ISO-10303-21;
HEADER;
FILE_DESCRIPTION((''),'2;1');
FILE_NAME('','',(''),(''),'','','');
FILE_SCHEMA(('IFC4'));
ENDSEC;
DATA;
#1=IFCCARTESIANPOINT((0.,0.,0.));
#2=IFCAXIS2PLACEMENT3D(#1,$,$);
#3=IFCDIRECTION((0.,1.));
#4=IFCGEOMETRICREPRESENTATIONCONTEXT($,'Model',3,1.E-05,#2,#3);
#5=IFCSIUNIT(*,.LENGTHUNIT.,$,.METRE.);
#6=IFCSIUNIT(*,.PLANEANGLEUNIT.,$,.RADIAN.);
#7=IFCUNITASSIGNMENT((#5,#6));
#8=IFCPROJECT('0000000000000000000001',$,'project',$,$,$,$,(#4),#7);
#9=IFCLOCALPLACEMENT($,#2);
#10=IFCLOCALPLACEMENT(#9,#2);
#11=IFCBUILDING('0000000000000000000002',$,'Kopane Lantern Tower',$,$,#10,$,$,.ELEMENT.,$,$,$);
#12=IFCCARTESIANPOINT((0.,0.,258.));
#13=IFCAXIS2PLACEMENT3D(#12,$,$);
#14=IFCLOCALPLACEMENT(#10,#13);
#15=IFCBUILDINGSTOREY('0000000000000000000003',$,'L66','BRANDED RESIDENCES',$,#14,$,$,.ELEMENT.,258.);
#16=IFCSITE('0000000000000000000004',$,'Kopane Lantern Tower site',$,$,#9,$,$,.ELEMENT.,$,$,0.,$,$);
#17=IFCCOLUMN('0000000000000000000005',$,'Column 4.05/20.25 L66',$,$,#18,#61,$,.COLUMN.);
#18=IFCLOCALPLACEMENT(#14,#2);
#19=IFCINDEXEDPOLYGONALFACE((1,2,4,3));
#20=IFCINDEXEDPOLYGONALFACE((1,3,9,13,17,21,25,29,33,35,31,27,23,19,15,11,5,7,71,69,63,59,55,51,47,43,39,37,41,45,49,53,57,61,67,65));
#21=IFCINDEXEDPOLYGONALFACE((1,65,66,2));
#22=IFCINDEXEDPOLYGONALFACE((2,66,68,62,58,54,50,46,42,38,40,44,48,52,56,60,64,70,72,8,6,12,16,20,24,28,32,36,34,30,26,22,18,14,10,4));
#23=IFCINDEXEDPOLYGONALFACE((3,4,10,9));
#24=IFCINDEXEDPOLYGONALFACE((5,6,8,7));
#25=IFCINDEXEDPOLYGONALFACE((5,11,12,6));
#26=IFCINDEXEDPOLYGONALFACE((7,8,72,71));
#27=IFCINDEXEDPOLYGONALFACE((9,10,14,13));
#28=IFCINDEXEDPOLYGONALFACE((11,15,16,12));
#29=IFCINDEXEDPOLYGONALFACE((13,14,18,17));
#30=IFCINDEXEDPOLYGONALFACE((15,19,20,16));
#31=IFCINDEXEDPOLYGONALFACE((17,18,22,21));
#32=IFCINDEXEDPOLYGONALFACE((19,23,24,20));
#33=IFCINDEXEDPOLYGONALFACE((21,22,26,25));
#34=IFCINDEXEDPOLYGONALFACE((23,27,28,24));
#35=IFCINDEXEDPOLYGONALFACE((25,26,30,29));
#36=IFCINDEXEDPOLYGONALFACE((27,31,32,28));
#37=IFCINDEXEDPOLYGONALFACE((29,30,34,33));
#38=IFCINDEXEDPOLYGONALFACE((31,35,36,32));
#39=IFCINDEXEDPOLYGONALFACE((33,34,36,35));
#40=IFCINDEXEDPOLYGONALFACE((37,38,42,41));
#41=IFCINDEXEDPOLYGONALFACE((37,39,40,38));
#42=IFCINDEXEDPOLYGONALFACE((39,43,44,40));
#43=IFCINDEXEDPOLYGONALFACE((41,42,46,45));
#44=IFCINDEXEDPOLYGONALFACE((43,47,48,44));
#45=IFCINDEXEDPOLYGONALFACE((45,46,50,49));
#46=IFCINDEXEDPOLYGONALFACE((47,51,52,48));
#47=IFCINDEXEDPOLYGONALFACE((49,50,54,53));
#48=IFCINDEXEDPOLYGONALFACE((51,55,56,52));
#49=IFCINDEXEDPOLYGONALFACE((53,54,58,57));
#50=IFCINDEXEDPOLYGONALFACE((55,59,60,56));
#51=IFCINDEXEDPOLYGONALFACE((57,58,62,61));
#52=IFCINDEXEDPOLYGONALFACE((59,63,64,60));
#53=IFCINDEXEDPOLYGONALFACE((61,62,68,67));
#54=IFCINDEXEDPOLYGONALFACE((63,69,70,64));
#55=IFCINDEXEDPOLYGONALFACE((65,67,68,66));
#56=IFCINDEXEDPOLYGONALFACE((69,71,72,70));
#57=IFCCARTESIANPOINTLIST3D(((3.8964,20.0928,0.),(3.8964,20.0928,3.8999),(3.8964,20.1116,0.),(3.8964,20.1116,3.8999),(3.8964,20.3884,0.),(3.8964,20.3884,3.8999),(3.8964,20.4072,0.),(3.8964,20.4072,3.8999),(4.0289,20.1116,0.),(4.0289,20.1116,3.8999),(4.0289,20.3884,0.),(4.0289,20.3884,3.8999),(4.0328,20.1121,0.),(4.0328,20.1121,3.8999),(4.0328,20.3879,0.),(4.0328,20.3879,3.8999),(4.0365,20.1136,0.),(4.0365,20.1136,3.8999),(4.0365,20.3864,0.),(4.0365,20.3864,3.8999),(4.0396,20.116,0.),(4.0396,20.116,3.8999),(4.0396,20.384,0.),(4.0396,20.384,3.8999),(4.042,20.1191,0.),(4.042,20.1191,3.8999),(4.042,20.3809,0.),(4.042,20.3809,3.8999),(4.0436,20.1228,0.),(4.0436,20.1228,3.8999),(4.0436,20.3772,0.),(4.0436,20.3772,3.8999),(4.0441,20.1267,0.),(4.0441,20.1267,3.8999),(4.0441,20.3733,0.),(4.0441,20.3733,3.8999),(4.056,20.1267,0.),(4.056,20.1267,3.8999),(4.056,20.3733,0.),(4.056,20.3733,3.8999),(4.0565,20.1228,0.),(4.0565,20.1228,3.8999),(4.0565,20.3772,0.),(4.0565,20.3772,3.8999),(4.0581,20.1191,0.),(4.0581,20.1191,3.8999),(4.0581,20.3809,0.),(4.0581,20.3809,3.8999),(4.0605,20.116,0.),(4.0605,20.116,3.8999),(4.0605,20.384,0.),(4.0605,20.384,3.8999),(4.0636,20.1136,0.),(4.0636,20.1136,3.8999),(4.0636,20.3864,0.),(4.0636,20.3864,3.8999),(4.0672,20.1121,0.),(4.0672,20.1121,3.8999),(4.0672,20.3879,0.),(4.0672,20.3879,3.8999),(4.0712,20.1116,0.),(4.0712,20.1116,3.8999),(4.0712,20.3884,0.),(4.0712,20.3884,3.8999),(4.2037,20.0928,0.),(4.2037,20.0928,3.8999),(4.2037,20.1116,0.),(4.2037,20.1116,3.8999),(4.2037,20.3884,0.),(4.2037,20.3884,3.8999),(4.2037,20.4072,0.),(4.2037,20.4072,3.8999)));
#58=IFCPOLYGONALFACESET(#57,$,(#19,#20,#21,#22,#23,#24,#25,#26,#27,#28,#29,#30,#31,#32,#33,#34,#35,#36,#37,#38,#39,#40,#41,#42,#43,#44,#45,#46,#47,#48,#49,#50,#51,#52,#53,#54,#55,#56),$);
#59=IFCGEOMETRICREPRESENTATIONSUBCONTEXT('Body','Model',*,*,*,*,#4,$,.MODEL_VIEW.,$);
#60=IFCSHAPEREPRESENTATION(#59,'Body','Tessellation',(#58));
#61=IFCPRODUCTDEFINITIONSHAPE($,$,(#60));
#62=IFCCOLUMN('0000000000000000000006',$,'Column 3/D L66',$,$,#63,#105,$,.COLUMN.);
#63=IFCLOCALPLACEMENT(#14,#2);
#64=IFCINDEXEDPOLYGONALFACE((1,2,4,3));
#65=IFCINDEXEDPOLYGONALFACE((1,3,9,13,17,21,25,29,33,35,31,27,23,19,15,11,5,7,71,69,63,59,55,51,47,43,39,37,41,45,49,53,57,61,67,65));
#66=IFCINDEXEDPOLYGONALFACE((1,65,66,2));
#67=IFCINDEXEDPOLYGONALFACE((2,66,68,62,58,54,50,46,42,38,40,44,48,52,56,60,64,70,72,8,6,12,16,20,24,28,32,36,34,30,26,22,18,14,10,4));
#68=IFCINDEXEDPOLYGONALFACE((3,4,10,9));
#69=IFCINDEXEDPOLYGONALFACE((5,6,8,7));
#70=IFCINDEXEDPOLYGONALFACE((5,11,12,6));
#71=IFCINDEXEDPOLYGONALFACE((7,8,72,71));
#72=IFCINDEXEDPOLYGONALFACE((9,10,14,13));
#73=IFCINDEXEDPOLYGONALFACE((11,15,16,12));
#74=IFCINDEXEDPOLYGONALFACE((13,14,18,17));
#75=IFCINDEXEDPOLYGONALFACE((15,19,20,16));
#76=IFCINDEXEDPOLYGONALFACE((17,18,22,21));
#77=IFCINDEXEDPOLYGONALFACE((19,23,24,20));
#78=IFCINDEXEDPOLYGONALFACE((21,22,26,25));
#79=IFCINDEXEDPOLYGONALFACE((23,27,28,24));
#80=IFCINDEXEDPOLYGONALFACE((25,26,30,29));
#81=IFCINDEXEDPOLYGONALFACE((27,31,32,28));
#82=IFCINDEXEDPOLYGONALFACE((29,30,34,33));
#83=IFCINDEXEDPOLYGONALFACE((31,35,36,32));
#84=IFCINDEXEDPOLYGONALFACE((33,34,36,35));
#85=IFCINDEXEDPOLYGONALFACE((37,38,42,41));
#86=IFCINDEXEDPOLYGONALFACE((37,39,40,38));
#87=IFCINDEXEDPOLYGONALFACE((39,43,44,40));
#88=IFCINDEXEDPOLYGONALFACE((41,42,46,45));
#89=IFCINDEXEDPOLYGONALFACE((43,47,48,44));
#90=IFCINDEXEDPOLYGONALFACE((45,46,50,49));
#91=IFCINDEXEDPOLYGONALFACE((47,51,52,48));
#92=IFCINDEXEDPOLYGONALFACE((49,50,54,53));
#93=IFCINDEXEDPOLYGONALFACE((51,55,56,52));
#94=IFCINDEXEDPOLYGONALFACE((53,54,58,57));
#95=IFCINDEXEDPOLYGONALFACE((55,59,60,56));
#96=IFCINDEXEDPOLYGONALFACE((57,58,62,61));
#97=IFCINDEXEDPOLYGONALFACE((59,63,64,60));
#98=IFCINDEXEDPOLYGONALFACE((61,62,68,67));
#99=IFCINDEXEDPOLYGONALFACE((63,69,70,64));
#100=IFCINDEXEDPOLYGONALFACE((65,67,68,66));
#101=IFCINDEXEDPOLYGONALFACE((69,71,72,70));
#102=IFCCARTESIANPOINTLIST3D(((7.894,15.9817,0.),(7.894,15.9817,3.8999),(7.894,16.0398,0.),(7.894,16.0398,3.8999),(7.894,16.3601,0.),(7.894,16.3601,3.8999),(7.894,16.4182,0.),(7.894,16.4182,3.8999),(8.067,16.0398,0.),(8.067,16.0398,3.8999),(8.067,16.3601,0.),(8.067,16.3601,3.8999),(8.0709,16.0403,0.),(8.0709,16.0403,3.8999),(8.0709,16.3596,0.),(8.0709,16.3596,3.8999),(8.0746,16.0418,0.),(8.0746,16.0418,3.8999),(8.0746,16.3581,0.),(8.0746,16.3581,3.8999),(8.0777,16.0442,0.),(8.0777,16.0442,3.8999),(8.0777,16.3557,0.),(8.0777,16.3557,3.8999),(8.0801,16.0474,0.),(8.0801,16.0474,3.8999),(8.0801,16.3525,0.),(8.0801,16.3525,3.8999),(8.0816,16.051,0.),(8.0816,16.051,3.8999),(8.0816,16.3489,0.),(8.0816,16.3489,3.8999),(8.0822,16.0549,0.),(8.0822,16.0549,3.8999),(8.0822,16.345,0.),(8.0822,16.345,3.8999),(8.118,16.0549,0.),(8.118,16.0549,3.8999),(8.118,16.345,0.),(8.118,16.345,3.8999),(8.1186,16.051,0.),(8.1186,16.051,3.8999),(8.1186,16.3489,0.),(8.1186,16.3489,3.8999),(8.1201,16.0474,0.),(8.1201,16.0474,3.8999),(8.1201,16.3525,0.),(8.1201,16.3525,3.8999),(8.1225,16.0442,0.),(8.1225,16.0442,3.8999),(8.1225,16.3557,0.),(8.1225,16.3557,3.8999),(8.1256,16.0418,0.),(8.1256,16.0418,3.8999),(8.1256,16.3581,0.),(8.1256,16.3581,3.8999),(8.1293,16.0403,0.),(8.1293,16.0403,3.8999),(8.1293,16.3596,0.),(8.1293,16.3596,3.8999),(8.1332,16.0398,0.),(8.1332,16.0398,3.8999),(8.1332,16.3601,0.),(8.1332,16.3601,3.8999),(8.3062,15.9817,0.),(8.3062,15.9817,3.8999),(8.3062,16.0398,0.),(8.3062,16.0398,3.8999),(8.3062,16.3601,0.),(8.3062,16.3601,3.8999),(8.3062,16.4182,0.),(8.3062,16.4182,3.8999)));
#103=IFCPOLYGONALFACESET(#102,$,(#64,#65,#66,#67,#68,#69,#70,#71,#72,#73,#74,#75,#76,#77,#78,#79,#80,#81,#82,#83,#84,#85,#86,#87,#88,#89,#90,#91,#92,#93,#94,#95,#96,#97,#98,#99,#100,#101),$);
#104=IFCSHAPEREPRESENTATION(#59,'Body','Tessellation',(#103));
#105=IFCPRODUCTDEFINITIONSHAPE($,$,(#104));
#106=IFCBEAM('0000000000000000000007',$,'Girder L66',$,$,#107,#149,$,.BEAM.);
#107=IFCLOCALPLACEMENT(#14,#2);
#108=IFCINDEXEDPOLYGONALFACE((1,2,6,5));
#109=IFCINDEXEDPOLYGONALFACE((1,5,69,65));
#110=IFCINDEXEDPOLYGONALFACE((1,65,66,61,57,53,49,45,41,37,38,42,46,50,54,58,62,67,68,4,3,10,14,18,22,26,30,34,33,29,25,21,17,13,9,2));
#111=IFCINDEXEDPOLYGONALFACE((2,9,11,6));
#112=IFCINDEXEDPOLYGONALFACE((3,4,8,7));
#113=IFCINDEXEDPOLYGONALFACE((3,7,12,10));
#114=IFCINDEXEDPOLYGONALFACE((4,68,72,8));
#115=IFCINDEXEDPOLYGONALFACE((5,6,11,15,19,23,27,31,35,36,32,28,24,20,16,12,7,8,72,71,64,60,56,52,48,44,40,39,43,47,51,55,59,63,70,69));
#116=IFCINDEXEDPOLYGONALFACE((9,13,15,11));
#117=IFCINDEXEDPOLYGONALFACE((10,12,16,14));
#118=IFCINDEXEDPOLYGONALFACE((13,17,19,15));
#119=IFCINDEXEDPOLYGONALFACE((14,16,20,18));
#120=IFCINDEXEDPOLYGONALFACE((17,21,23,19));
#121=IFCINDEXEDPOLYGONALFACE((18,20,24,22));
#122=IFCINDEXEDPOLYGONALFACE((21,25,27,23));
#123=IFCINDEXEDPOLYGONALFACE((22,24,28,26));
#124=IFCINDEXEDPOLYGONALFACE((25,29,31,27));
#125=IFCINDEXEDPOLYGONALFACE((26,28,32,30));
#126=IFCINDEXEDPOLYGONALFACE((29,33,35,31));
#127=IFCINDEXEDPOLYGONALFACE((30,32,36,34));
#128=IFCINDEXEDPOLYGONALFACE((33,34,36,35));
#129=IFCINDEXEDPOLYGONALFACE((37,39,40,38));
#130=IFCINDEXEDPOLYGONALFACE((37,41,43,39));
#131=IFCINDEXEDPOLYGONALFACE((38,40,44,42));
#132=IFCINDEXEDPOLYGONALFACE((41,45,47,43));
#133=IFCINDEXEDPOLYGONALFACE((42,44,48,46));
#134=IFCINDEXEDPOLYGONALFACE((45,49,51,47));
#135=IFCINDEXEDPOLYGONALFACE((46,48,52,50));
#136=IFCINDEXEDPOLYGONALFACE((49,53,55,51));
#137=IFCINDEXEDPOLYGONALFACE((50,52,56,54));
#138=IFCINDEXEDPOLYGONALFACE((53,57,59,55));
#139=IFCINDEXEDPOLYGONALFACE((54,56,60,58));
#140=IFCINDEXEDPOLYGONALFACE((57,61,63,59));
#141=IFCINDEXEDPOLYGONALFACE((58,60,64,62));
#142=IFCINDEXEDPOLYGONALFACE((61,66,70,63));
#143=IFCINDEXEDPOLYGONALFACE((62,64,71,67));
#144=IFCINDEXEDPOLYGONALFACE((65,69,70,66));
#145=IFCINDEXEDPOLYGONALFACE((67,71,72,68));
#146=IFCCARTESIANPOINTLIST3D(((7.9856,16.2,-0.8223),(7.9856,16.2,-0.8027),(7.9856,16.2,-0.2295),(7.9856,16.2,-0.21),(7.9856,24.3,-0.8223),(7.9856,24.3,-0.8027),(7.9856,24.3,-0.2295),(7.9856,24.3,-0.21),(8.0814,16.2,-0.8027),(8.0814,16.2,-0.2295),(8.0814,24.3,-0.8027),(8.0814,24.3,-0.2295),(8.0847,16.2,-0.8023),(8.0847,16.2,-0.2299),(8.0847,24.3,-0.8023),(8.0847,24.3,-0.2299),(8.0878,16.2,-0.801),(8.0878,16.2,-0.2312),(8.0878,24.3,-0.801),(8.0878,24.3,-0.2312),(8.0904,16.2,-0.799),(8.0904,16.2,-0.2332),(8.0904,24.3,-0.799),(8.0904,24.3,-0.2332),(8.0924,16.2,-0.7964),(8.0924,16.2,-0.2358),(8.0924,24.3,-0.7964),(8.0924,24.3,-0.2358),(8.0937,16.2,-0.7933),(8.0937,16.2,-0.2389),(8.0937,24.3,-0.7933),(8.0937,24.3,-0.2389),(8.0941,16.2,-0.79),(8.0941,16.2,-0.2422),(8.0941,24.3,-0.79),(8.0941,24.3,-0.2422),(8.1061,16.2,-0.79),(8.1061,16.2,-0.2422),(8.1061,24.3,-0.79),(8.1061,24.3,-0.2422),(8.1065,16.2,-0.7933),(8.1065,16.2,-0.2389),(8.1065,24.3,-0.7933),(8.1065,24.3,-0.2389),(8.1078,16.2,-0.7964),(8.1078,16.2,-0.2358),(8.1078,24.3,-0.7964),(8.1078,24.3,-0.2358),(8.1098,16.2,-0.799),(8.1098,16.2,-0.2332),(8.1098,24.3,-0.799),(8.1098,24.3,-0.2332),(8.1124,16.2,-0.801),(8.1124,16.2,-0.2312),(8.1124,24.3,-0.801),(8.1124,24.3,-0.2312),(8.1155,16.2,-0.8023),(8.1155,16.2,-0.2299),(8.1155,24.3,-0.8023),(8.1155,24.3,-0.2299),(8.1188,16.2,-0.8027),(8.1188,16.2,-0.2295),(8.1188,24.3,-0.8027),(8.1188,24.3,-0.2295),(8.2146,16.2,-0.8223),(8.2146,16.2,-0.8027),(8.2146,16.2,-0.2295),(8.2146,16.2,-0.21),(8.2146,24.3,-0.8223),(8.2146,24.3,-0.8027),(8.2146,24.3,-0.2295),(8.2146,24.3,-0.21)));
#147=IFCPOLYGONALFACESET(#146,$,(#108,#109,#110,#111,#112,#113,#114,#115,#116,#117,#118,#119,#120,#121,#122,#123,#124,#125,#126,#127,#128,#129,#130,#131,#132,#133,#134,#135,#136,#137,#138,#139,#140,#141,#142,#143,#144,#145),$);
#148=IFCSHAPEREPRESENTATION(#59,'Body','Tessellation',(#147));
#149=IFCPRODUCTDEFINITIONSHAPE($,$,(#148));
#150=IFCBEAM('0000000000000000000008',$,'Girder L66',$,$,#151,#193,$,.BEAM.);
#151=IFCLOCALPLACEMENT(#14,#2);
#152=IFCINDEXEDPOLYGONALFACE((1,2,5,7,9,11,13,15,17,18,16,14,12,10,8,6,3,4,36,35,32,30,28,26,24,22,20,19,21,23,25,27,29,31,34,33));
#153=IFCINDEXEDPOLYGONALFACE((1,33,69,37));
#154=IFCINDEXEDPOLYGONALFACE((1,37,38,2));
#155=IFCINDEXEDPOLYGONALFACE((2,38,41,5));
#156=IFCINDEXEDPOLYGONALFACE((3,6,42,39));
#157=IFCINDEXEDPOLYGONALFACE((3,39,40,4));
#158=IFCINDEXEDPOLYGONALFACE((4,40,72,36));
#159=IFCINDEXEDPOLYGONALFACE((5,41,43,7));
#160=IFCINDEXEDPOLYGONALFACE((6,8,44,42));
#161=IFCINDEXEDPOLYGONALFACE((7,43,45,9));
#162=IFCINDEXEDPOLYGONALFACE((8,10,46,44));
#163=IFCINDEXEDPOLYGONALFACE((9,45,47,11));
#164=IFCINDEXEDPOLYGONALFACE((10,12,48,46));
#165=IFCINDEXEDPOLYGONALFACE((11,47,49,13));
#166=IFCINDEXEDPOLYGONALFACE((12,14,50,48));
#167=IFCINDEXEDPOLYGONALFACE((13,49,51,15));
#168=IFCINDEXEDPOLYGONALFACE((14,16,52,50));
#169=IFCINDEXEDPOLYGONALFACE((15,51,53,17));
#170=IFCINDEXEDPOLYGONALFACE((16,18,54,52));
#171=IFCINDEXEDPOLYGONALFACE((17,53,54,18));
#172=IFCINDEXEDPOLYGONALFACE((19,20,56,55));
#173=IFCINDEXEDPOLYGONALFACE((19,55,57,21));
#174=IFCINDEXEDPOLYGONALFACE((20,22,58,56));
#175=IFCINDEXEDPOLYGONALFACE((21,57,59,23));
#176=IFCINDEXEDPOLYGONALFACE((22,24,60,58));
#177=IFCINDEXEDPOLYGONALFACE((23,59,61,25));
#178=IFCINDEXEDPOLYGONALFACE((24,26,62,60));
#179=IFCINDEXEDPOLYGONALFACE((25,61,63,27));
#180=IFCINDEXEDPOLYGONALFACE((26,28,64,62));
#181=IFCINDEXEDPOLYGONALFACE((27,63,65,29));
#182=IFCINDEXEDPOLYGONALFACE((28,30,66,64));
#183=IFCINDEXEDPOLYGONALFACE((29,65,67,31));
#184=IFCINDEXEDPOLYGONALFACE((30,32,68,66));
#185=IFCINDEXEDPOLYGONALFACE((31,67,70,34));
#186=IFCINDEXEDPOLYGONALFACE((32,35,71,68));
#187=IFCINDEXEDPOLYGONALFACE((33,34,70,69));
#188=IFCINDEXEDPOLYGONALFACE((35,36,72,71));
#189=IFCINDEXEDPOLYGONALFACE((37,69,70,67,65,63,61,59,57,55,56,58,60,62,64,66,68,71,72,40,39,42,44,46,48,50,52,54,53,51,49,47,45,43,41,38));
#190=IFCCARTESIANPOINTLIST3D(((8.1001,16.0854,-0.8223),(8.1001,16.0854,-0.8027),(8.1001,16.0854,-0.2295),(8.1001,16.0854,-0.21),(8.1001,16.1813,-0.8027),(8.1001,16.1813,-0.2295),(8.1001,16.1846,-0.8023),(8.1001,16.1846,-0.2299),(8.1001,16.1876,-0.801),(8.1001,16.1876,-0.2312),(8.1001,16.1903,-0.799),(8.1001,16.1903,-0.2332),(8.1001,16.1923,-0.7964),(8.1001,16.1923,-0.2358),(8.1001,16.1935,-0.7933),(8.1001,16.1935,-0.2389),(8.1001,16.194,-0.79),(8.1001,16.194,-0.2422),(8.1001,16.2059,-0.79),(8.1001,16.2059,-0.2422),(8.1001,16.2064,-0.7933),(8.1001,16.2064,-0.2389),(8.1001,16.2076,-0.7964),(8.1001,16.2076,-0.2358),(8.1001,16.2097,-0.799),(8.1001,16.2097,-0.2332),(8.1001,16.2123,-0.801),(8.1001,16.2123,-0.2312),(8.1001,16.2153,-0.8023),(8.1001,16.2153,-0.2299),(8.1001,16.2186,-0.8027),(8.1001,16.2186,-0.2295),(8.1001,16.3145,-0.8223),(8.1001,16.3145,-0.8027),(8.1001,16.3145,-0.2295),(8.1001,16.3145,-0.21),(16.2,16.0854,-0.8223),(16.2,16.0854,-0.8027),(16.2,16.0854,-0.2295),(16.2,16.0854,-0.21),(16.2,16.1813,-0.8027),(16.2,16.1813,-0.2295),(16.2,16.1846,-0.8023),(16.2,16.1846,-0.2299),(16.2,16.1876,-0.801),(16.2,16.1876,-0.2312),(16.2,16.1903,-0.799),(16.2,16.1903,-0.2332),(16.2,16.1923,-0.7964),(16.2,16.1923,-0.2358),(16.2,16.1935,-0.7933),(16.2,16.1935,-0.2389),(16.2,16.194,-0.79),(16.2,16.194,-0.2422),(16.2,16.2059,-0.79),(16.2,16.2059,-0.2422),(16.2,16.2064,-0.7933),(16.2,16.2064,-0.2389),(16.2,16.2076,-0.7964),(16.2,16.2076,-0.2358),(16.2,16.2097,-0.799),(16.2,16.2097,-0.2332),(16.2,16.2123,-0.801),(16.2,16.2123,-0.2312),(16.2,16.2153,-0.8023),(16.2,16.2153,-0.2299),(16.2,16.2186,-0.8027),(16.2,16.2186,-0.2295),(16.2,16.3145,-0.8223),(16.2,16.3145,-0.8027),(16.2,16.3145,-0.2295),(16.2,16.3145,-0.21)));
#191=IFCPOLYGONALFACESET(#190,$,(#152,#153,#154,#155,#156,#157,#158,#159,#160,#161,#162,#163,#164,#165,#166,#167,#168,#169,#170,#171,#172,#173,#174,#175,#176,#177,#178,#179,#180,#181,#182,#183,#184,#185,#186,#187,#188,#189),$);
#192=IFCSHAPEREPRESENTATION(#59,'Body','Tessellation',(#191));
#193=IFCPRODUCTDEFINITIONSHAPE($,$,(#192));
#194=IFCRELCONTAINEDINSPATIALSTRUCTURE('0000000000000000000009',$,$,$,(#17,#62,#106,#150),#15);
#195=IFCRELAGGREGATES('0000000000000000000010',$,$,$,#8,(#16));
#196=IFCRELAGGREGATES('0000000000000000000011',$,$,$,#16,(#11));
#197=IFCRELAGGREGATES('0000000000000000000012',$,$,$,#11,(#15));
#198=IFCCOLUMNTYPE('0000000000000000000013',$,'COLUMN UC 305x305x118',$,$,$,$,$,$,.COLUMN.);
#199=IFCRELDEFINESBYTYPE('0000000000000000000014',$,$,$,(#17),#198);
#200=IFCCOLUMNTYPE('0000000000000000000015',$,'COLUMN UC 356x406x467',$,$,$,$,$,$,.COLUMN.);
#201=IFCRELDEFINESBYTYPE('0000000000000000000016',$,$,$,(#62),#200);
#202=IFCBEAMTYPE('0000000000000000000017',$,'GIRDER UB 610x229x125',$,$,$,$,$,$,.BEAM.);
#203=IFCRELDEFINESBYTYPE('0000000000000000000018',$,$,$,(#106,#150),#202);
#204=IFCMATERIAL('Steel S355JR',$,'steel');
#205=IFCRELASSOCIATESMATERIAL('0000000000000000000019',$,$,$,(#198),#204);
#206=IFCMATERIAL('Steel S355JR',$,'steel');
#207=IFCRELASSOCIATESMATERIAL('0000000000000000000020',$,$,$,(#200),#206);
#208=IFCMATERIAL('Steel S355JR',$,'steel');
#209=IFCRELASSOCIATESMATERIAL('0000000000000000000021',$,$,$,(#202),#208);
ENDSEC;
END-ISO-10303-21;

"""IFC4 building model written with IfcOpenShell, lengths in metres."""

from ifc_helpers import new_model, si_unit, direction, frame, origin, origin_2d, place, context, subcontext, project, spatial, i_section, extrude, material, material_profile, profile_set, type_object, element, save


model = new_model("IFC4")

# Units and contexts
model_context = context("Model", 3, precision=1e-05, world=origin(), true_north=direction((0.0, 1.0)))
body_context = subcontext(model_context, "Body", "Model", "MODEL_VIEW")
ifc_project = project(units=[si_unit("LENGTHUNIT", "METRE"), si_unit("PLANEANGLEUNIT", "RADIAN")], contexts=[model_context])

# Site, building, storey
site_placement = place(None, origin())
site = spatial("IfcSite", under=ifc_project, at=site_placement, Name="Kopane Lantern Tower site", CompositionType="ELEMENT", RefElevation=0.0)
building_placement = place(site_placement, origin())
building = spatial("IfcBuilding", under=site, at=building_placement, Name="Kopane Lantern Tower", CompositionType="ELEMENT")
storey_placement = place(building_placement, frame((0.0, 0.0, 258.0)))
storey = spatial("IfcBuildingStorey", under=building, at=storey_placement, Name="L66", Description="BRANDED RESIDENCES", CompositionType="ELEMENT", Elevation=258.0)

# Columns
ifc_material_1 = material(Name="Steel S355JR", Category="steel")
ifc_material_profile_1 = material_profile(ifc_material_1, i_section(OverallWidth=0.3074, OverallDepth=0.3145, WebThickness=0.012, FlangeThickness=0.0188, FilletRadius=0.0151, at=origin_2d()), Name="UC 305x305x118")
ifc_profile_set_1 = profile_set([ifc_material_profile_1], Name="Steel S355JR")
column_type_1 = type_object("IfcColumnType", Name="COLUMN UC 305x305x118", PredefinedType="COLUMN", material=ifc_profile_set_1)
column_1_placement = place(storey_placement, frame((4.05, 20.25, 0.0), z_axis=(0.0, 0.0, 1.0), x_axis=(1.0, 0.0, 0.0)))
element("IfcColumn", 1, at=column_1_placement, inside=storey, type_object=column_type_1, Name="Column 4.05/20.25 L66", PredefinedType="COLUMN", context=body_context, shape_type="SweptSolid", body=[
    extrude(i_section(OverallWidth=0.3074, OverallDepth=0.3145, WebThickness=0.012, FlangeThickness=0.0188, FilletRadius=0.0151, at=origin_2d()), origin(), (0.0, 0.0, 1.0), 3.8999),
])
ifc_material_2 = material(Name="Steel S355JR", Category="steel")
ifc_material_profile_2 = material_profile(ifc_material_2, i_section(OverallWidth=0.4121, OverallDepth=0.4365, WebThickness=0.0359, FlangeThickness=0.0581, FilletRadius=0.0151, at=origin_2d()), Name="UC 356x406x467")
ifc_profile_set_2 = profile_set([ifc_material_profile_2], Name="Steel S355JR")
column_type_2 = type_object("IfcColumnType", Name="COLUMN UC 356x406x467", PredefinedType="COLUMN", material=ifc_profile_set_2)
column_2_placement = place(storey_placement, frame((8.1001, 16.2, 0.0), z_axis=(0.0, 0.0, 1.0), x_axis=(1.0, 0.0, 0.0)))
element("IfcColumn", 2, at=column_2_placement, inside=storey, type_object=column_type_2, Name="Column 3/D L66", PredefinedType="COLUMN", context=body_context, shape_type="SweptSolid", body=[
    extrude(i_section(OverallWidth=0.4121, OverallDepth=0.4365, WebThickness=0.0359, FlangeThickness=0.0581, FilletRadius=0.0151, at=origin_2d()), origin(), (0.0, 0.0, 1.0), 3.8999),
])

# Beams
ifc_material_3 = material(Name="Steel S355JR", Category="steel")
ifc_material_profile_3 = material_profile(ifc_material_3, i_section(OverallWidth=0.229, OverallDepth=0.6123, WebThickness=0.012, FlangeThickness=0.0195, FilletRadius=0.0127, at=origin_2d()), Name="UB 610x229x125")
ifc_profile_set_3 = profile_set([ifc_material_profile_3], Name="Steel S355JR")
beam_type = type_object("IfcBeamType", Name="GIRDER UB 610x229x125", PredefinedType="BEAM", material=ifc_profile_set_3)
beam_1_placement = place(storey_placement, frame((8.1001, 16.2, -0.5161), z_axis=(0.0, 1.0, 0.0), x_axis=(-1.0, 0.0, 0.0)))
element("IfcBeam", 3, at=beam_1_placement, inside=storey, type_object=beam_type, Name="Girder L66", PredefinedType="BEAM", context=body_context, shape_type="SweptSolid", body=[
    extrude(i_section(OverallWidth=0.229, OverallDepth=0.6123, WebThickness=0.012, FlangeThickness=0.0195, FilletRadius=0.0127, at=origin_2d()), origin(), (0.0, 0.0, 1.0), 8.1001),
])
beam_2_placement = place(storey_placement, frame((8.1001, 16.2, -0.5161), z_axis=(1.0, 0.0, 0.0), x_axis=(0.0, 1.0, 0.0)))
element("IfcBeam", 4, at=beam_2_placement, inside=storey, type_object=beam_type, Name="Girder L66", PredefinedType="BEAM", context=body_context, shape_type="SweptSolid", body=[
    extrude(i_section(OverallWidth=0.229, OverallDepth=0.6123, WebThickness=0.012, FlangeThickness=0.0195, FilletRadius=0.0127, at=origin_2d()), origin(), (0.0, 0.0, 1.0), 8.0999),
])

save(model, "model.ifc")
